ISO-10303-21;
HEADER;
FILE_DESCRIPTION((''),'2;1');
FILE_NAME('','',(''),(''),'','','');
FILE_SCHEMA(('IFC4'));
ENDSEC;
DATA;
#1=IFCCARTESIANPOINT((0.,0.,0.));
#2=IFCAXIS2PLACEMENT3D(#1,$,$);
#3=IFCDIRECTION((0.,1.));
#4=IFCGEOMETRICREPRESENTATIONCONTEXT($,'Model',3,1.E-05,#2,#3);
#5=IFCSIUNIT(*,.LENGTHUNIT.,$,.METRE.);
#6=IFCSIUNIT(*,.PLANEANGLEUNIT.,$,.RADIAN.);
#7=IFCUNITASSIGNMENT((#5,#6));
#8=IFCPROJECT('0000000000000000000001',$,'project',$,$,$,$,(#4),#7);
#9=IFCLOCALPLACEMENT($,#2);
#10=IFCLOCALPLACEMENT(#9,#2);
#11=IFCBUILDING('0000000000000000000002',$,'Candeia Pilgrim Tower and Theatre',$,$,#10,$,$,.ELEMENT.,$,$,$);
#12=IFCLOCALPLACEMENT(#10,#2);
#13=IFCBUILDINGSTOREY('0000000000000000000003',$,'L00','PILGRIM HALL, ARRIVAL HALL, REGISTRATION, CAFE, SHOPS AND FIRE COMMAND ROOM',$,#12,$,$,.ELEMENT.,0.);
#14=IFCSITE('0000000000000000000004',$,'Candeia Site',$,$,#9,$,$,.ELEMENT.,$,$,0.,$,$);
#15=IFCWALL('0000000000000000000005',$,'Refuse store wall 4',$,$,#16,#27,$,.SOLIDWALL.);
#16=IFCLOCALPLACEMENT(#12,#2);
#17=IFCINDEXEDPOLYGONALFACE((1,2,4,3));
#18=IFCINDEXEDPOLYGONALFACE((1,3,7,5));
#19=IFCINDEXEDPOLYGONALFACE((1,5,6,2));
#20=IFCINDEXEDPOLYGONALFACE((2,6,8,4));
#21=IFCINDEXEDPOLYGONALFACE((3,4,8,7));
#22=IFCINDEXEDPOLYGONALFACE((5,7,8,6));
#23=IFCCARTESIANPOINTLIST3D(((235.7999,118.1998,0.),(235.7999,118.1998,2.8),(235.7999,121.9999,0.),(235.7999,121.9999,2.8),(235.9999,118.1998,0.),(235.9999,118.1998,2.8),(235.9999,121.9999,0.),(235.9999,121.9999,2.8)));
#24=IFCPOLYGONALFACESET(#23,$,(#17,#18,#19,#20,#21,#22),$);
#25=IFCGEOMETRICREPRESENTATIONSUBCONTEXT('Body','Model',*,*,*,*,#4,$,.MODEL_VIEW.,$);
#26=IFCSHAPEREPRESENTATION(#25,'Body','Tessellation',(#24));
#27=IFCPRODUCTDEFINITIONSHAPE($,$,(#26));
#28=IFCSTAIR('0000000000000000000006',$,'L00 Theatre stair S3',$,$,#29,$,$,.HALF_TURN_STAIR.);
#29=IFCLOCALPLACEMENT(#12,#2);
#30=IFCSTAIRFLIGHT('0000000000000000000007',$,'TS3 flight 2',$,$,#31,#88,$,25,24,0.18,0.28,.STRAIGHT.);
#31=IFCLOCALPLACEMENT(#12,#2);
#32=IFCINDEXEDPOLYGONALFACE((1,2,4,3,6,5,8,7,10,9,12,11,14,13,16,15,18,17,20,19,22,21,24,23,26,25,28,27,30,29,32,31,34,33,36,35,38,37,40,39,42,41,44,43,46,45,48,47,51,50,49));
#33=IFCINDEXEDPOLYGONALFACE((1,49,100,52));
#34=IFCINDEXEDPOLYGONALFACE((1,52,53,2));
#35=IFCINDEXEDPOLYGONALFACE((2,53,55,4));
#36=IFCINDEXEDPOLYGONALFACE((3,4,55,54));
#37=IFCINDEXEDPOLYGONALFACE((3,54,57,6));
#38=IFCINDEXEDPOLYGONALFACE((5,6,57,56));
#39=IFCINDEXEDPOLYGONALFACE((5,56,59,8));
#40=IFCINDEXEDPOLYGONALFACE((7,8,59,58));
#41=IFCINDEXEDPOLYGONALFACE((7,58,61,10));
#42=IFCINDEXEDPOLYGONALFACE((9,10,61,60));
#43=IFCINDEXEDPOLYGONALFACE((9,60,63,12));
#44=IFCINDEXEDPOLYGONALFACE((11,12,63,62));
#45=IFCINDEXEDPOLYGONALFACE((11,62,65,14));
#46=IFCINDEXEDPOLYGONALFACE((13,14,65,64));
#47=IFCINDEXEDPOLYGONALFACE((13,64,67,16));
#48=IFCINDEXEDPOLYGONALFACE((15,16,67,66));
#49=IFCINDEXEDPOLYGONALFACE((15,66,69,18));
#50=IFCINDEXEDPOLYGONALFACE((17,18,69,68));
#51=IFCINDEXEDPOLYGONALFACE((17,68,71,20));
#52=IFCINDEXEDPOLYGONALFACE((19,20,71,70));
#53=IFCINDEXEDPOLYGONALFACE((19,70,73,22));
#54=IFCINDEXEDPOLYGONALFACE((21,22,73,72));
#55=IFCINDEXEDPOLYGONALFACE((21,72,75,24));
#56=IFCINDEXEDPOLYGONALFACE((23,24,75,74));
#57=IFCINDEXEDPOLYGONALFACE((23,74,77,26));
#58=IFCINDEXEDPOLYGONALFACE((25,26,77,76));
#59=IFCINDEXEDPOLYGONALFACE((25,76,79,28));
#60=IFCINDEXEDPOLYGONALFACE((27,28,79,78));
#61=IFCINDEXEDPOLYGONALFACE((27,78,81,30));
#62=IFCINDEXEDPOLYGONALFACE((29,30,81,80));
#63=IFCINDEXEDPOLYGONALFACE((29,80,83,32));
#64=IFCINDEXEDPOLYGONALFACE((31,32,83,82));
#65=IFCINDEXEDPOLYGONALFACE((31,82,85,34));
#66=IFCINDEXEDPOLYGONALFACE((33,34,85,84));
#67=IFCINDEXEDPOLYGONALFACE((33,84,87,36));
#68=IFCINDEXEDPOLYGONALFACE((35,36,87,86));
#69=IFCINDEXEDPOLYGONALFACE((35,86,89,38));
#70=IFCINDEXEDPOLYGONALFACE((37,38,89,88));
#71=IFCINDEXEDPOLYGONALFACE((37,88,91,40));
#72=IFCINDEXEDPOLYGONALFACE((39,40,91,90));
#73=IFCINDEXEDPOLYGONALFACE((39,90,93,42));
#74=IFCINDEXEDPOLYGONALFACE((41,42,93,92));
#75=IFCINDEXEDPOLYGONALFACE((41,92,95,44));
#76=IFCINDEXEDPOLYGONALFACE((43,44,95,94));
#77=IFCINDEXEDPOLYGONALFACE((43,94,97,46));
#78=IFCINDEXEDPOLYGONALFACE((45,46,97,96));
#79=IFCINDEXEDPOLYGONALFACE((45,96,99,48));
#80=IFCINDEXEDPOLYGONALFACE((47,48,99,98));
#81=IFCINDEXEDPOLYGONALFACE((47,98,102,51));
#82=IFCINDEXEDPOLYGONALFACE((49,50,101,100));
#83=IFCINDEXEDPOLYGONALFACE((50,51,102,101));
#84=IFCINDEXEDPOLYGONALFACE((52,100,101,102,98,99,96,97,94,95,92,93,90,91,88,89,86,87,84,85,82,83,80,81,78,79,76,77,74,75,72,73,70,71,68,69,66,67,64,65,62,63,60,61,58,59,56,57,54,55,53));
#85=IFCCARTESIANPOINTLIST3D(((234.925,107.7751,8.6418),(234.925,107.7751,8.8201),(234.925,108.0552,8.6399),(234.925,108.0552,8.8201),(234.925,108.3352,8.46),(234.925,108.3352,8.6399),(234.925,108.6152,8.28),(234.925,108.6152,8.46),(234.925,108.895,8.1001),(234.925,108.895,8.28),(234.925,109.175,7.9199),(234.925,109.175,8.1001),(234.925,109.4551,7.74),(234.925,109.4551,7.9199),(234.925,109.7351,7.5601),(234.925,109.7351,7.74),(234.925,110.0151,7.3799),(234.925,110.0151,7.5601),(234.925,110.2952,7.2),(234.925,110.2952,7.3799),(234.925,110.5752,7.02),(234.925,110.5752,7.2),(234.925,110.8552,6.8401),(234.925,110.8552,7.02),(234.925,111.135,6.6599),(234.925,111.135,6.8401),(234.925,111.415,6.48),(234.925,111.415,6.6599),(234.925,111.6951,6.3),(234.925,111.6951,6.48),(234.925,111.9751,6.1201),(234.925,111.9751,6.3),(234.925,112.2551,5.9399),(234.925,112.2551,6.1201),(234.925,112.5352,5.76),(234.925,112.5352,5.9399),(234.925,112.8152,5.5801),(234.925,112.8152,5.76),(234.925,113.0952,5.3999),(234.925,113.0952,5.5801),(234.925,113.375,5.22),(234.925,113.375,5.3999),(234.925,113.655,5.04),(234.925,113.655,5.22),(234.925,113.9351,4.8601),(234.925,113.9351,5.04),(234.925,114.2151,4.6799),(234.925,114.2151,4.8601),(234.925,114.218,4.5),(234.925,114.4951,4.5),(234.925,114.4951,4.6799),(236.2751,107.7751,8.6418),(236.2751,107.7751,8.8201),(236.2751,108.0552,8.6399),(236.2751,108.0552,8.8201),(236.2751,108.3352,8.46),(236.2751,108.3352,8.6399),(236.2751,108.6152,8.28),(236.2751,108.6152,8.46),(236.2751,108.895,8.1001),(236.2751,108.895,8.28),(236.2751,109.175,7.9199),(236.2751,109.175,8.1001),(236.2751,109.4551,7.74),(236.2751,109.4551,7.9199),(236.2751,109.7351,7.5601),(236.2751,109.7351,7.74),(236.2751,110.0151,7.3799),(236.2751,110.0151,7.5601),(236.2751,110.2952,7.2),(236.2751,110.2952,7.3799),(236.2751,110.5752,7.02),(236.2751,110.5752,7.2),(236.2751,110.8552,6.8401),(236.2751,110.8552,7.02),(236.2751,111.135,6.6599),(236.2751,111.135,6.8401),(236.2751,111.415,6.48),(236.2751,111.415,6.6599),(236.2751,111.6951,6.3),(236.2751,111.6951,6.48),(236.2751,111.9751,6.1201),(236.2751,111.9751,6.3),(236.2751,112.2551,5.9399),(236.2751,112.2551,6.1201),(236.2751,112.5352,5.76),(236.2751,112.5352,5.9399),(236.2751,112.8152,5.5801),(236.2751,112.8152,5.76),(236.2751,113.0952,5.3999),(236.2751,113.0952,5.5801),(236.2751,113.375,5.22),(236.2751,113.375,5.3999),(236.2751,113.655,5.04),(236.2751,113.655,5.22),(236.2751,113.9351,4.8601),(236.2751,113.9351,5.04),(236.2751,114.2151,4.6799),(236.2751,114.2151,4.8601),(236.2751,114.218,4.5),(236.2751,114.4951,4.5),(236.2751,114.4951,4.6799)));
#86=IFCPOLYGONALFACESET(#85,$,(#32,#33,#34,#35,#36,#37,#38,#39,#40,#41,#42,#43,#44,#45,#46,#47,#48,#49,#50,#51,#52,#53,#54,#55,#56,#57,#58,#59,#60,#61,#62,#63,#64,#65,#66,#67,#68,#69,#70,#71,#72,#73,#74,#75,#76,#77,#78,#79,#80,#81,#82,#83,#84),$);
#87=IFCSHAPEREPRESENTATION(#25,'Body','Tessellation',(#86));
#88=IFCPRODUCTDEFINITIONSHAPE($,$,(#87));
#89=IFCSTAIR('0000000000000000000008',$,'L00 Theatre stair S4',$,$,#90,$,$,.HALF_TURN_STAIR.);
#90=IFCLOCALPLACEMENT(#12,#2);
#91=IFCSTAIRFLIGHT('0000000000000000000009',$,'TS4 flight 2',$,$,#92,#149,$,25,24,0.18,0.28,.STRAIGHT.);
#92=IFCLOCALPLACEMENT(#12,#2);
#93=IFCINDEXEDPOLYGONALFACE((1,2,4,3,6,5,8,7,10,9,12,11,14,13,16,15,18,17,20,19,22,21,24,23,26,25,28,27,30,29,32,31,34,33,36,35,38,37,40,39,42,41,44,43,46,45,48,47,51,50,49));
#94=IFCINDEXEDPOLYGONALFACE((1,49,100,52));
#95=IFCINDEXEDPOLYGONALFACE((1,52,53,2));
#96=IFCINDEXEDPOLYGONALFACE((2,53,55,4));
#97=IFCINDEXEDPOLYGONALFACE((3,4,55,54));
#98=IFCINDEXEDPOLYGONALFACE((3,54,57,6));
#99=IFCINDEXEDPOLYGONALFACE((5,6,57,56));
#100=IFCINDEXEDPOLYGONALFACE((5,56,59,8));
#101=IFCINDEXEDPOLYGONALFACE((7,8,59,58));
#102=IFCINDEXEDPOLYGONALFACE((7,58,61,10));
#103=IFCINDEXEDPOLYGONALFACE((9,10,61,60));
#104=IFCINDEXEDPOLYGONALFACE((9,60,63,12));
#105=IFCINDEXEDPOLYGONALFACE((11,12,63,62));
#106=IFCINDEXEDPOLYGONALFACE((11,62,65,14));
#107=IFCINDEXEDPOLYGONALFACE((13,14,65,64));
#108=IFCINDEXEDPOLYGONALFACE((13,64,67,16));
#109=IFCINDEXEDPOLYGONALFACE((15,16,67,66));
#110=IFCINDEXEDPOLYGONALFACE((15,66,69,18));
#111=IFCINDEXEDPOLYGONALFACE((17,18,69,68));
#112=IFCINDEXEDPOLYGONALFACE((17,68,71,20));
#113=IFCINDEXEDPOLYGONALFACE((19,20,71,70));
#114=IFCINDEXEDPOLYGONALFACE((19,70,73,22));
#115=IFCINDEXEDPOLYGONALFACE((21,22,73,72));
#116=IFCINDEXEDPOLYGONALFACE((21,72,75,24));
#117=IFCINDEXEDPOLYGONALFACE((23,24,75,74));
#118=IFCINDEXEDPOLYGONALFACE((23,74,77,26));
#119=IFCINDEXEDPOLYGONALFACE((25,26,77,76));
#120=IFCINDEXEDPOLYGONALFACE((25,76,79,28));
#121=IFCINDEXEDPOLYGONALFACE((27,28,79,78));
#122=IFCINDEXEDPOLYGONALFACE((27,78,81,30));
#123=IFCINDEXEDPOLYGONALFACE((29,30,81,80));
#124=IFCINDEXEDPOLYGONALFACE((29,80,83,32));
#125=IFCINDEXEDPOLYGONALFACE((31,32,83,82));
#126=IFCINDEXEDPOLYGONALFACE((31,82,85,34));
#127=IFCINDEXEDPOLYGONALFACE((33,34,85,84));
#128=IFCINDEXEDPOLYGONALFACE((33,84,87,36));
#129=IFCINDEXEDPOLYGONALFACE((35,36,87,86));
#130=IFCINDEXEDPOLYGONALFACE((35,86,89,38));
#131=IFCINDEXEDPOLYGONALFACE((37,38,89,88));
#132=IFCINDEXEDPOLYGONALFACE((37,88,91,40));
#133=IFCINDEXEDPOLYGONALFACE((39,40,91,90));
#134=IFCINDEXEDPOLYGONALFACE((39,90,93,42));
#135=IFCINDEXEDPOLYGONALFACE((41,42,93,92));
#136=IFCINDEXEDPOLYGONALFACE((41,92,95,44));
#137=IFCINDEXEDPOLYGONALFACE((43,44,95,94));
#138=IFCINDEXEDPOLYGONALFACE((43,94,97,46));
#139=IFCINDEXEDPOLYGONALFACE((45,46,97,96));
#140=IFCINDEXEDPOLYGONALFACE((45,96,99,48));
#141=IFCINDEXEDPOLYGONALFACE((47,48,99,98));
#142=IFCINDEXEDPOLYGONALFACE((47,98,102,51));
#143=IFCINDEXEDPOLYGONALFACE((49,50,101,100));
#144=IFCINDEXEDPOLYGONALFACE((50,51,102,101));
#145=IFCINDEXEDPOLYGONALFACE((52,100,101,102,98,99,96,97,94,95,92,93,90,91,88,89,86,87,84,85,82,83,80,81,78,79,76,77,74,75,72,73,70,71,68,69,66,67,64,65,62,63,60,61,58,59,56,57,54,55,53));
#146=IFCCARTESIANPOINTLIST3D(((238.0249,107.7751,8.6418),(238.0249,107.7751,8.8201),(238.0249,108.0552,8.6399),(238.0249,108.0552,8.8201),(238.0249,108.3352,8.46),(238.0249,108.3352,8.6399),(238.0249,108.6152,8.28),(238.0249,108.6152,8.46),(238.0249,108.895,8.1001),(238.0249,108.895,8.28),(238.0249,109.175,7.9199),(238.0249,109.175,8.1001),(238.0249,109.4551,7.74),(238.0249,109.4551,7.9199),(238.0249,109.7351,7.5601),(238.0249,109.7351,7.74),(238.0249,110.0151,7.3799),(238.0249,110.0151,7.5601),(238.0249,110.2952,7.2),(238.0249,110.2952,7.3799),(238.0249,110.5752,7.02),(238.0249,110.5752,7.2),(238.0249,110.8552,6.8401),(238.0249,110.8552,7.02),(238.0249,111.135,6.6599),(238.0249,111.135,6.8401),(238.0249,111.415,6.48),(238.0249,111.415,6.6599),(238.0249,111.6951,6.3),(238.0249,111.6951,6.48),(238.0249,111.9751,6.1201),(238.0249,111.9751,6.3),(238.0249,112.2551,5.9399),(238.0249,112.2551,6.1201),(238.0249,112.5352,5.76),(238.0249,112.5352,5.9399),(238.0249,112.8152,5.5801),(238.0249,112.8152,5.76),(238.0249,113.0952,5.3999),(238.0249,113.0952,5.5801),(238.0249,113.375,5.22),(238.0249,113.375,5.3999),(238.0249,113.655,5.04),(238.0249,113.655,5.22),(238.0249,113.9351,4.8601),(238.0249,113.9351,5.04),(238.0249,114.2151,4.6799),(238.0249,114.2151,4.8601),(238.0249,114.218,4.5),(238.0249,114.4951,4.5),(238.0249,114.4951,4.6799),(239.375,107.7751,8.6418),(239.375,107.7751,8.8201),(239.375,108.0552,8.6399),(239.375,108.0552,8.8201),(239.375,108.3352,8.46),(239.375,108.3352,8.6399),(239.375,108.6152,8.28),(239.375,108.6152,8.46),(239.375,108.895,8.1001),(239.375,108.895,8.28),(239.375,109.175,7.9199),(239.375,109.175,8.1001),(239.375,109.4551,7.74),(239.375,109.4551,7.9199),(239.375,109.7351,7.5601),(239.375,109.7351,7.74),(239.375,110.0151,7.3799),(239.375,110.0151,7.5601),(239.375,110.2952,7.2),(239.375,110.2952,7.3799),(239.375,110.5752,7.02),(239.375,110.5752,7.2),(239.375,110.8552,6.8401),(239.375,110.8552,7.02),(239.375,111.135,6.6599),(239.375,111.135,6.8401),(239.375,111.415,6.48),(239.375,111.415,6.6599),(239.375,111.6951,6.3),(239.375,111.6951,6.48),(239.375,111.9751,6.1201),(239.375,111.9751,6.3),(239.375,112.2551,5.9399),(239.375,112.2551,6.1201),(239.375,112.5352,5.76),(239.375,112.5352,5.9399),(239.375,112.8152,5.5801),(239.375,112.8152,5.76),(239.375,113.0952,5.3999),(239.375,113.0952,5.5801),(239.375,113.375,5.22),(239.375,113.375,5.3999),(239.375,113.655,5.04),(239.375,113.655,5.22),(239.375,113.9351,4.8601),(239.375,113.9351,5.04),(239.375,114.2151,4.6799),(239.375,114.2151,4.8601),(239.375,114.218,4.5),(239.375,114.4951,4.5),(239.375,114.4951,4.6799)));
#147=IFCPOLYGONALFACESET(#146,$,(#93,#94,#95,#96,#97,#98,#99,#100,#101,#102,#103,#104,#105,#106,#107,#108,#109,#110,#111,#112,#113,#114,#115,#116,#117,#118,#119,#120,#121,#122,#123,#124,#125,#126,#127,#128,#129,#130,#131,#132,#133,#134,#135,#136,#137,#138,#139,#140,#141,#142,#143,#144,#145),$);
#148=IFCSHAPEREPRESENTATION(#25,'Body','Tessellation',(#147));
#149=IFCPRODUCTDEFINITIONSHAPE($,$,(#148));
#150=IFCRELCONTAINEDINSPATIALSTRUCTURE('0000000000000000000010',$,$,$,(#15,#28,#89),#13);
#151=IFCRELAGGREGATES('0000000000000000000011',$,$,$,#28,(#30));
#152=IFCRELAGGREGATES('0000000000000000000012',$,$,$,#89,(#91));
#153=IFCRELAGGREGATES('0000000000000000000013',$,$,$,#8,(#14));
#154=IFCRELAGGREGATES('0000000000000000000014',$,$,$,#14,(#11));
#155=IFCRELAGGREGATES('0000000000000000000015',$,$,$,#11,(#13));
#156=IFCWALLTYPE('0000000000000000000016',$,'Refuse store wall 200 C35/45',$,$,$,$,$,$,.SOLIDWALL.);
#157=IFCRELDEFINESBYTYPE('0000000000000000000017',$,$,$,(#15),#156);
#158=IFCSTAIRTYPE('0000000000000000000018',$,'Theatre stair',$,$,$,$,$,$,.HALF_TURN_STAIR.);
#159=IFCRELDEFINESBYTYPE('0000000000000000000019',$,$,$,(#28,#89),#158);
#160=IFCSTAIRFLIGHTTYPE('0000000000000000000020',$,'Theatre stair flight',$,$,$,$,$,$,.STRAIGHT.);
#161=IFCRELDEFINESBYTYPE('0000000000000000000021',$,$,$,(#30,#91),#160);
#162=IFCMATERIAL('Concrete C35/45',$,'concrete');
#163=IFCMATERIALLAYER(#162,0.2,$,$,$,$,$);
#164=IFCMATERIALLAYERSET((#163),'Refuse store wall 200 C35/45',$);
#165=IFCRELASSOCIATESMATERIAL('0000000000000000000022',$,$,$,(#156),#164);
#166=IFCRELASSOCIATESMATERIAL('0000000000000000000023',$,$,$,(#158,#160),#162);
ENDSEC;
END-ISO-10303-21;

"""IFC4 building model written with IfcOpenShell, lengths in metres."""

from ifc_helpers import new_model, si_unit, direction, frame, frame_2d, origin, place, context, subcontext, project, spatial, polyline, rectangle, outline, extrude, material, layer, layer_set, type_object, element, aggregate, save


model = new_model("IFC4")

# Units and contexts
model_context = context("Model", 3, precision=1e-05, world=origin(), true_north=direction((0.0, 1.0)))
body_context = subcontext(model_context, "Body", "Model", "MODEL_VIEW")
ifc_project = project(units=[si_unit("LENGTHUNIT", "METRE"), si_unit("PLANEANGLEUNIT", "RADIAN")], contexts=[model_context])

# Site, building, storey
site_placement = place(None, origin())
site = spatial("IfcSite", under=ifc_project, at=site_placement, Name="Candeia Site", CompositionType="ELEMENT", RefElevation=0.0)
building_placement = place(site_placement, origin())
building = spatial("IfcBuilding", under=site, at=building_placement, Name="Candeia Pilgrim Tower and Theatre", CompositionType="ELEMENT")
storey_placement = place(building_placement, origin())
storey = spatial("IfcBuildingStorey", under=building, at=storey_placement, Name="L00", Description="PILGRIM HALL, ARRIVAL HALL, REGISTRATION, CAFE, SHOPS AND FIRE COMMAND ROOM", CompositionType="ELEMENT", Elevation=0.0)

# Shared definitions
ifc_material_1 = material(Name="Concrete C35/45", Category="concrete")

# Shared definitions
ifc_layer_1 = layer(ifc_material_1, 0.2)
ifc_layer_set_1 = layer_set([ifc_layer_1], Name="Refuse store wall 200 C35/45")
wall_type_1 = type_object("IfcWallType", Name="Refuse store wall 200 C35/45", PredefinedType="SOLIDWALL", material=ifc_layer_set_1)

# Wall
wall_1_placement = place(storey_placement, frame((235.8999, 118.2, 0.0), z_axis=(0.0, 0.0, 1.0), x_axis=(0.0, 1.0, 0.0)))
element("IfcWall", 1, at=wall_1_placement, inside=storey, type_object=wall_type_1, Name="Refuse store wall 4", PredefinedType="SOLIDWALL", context=body_context, shape_type="SweptSolid", body=[
    extrude(rectangle(XDim=3.8, YDim=0.2, at=frame_2d((1.8999, 0.0))), origin(), (0.0, 0.0, 1.0), 2.8),
])

# Stairs, stair flights
stair_type = type_object("IfcStairType", Name="Theatre stair", PredefinedType="HALF_TURN_STAIR", material=ifc_material_1)
stair_1_placement = place(storey_placement, origin())
stair_1 = element("IfcStair", 2, at=stair_1_placement, inside=storey, type_object=stair_type, Name="L00 Theatre stair S3", PredefinedType="HALF_TURN_STAIR")
stair_flight_type = type_object("IfcStairFlightType", Name="Theatre stair flight", PredefinedType="STRAIGHT", material=ifc_material_1)
stair_flight_1_placement = place(storey_placement, frame((235.6001, 114.4951, 4.5), z_axis=(0.0, 0.0, 1.0), x_axis=(0.0, -1.0, 0.0)))
stair_flight_1 = element("IfcStairFlight", 3, at=stair_flight_1_placement, type_object=stair_flight_type, Name="TS3 flight 2", NumberOfRisers=25, NumberOfTreads=24, PredefinedType="STRAIGHT", RiserHeight=0.18, TreadLength=0.28, context=body_context, shape_type="SweptSolid", body=[
    extrude(outline(polyline([(0.0, 0.0), (0.0, 0.1799), (0.28, 0.1799), (0.28, 0.3601), (0.5601, 0.3601), (0.5601, 0.54), (0.8401, 0.54), (0.8401, 0.72), (1.1201, 0.72), (1.1201, 0.8999), (1.3999, 0.8999), (1.3999, 1.0801), (1.6799, 1.0801), (1.6799, 1.26), (1.96, 1.26), (1.96, 1.4399), (2.24, 1.4399), (2.24, 1.6201), (2.52, 1.6201), (2.52, 1.8), (2.8, 1.8), (2.8, 1.98), (3.0801, 1.98), (3.0801, 2.1599), (3.3601, 2.1599), (3.3601, 2.3401), (3.6399, 2.3401), (3.6399, 2.52), (3.9199, 2.52), (3.9199, 2.7), (4.2, 2.7), (4.2, 2.8799), (4.48, 2.8799), (4.48, 3.0601), (4.76, 3.0601), (4.76, 3.24), (5.04, 3.24), (5.04, 3.4199), (5.3201, 3.4199), (5.3201, 3.6001), (5.6001, 3.6001), (5.6001, 3.78), (5.8799, 3.78), (5.8799, 3.96), (6.1599, 3.96), (6.1599, 4.1399), (6.4399, 4.1399), (6.4399, 4.3201), (6.72, 4.3201), (6.72, 4.5), (6.72, 4.1418), (0.2771, 0.0), (0.0, 0.0)])), frame((0.0, 0.675, 0.0), z_axis=(0.0, -1.0, 0.0), x_axis=(1.0, 0.0, 0.0)), (0.0, 0.0, 1.0), 1.3501),
])
aggregate(stair_1, [stair_flight_1])
stair_2_placement = place(storey_placement, origin())
stair_2 = element("IfcStair", 4, at=stair_2_placement, inside=storey, type_object=stair_type, Name="L00 Theatre stair S4", PredefinedType="HALF_TURN_STAIR")
stair_flight_2_placement = place(storey_placement, frame((238.7, 114.4951, 4.5), z_axis=(0.0, 0.0, 1.0), x_axis=(0.0, -1.0, 0.0)))
stair_flight_2 = element("IfcStairFlight", 5, at=stair_flight_2_placement, type_object=stair_flight_type, Name="TS4 flight 2", NumberOfRisers=25, NumberOfTreads=24, PredefinedType="STRAIGHT", RiserHeight=0.18, TreadLength=0.28, context=body_context, shape_type="SweptSolid", body=[
    extrude(outline(polyline([(0.0, 0.0), (0.0, 0.1799), (0.28, 0.1799), (0.28, 0.3601), (0.5601, 0.3601), (0.5601, 0.54), (0.8401, 0.54), (0.8401, 0.72), (1.1201, 0.72), (1.1201, 0.8999), (1.3999, 0.8999), (1.3999, 1.0801), (1.6799, 1.0801), (1.6799, 1.26), (1.96, 1.26), (1.96, 1.4399), (2.24, 1.4399), (2.24, 1.6201), (2.52, 1.6201), (2.52, 1.8), (2.8, 1.8), (2.8, 1.98), (3.0801, 1.98), (3.0801, 2.1599), (3.3601, 2.1599), (3.3601, 2.3401), (3.6399, 2.3401), (3.6399, 2.52), (3.9199, 2.52), (3.9199, 2.7), (4.2, 2.7), (4.2, 2.8799), (4.48, 2.8799), (4.48, 3.0601), (4.76, 3.0601), (4.76, 3.24), (5.04, 3.24), (5.04, 3.4199), (5.3201, 3.4199), (5.3201, 3.6001), (5.6001, 3.6001), (5.6001, 3.78), (5.8799, 3.78), (5.8799, 3.96), (6.1599, 3.96), (6.1599, 4.1399), (6.4399, 4.1399), (6.4399, 4.3201), (6.72, 4.3201), (6.72, 4.5), (6.72, 4.1418), (0.2771, 0.0), (0.0, 0.0)])), frame((0.0, 0.675, 0.0), z_axis=(0.0, -1.0, 0.0), x_axis=(1.0, 0.0, 0.0)), (0.0, 0.0, 1.0), 1.3501),
])
aggregate(stair_2, [stair_flight_2])

save(model, "model.ifc")
